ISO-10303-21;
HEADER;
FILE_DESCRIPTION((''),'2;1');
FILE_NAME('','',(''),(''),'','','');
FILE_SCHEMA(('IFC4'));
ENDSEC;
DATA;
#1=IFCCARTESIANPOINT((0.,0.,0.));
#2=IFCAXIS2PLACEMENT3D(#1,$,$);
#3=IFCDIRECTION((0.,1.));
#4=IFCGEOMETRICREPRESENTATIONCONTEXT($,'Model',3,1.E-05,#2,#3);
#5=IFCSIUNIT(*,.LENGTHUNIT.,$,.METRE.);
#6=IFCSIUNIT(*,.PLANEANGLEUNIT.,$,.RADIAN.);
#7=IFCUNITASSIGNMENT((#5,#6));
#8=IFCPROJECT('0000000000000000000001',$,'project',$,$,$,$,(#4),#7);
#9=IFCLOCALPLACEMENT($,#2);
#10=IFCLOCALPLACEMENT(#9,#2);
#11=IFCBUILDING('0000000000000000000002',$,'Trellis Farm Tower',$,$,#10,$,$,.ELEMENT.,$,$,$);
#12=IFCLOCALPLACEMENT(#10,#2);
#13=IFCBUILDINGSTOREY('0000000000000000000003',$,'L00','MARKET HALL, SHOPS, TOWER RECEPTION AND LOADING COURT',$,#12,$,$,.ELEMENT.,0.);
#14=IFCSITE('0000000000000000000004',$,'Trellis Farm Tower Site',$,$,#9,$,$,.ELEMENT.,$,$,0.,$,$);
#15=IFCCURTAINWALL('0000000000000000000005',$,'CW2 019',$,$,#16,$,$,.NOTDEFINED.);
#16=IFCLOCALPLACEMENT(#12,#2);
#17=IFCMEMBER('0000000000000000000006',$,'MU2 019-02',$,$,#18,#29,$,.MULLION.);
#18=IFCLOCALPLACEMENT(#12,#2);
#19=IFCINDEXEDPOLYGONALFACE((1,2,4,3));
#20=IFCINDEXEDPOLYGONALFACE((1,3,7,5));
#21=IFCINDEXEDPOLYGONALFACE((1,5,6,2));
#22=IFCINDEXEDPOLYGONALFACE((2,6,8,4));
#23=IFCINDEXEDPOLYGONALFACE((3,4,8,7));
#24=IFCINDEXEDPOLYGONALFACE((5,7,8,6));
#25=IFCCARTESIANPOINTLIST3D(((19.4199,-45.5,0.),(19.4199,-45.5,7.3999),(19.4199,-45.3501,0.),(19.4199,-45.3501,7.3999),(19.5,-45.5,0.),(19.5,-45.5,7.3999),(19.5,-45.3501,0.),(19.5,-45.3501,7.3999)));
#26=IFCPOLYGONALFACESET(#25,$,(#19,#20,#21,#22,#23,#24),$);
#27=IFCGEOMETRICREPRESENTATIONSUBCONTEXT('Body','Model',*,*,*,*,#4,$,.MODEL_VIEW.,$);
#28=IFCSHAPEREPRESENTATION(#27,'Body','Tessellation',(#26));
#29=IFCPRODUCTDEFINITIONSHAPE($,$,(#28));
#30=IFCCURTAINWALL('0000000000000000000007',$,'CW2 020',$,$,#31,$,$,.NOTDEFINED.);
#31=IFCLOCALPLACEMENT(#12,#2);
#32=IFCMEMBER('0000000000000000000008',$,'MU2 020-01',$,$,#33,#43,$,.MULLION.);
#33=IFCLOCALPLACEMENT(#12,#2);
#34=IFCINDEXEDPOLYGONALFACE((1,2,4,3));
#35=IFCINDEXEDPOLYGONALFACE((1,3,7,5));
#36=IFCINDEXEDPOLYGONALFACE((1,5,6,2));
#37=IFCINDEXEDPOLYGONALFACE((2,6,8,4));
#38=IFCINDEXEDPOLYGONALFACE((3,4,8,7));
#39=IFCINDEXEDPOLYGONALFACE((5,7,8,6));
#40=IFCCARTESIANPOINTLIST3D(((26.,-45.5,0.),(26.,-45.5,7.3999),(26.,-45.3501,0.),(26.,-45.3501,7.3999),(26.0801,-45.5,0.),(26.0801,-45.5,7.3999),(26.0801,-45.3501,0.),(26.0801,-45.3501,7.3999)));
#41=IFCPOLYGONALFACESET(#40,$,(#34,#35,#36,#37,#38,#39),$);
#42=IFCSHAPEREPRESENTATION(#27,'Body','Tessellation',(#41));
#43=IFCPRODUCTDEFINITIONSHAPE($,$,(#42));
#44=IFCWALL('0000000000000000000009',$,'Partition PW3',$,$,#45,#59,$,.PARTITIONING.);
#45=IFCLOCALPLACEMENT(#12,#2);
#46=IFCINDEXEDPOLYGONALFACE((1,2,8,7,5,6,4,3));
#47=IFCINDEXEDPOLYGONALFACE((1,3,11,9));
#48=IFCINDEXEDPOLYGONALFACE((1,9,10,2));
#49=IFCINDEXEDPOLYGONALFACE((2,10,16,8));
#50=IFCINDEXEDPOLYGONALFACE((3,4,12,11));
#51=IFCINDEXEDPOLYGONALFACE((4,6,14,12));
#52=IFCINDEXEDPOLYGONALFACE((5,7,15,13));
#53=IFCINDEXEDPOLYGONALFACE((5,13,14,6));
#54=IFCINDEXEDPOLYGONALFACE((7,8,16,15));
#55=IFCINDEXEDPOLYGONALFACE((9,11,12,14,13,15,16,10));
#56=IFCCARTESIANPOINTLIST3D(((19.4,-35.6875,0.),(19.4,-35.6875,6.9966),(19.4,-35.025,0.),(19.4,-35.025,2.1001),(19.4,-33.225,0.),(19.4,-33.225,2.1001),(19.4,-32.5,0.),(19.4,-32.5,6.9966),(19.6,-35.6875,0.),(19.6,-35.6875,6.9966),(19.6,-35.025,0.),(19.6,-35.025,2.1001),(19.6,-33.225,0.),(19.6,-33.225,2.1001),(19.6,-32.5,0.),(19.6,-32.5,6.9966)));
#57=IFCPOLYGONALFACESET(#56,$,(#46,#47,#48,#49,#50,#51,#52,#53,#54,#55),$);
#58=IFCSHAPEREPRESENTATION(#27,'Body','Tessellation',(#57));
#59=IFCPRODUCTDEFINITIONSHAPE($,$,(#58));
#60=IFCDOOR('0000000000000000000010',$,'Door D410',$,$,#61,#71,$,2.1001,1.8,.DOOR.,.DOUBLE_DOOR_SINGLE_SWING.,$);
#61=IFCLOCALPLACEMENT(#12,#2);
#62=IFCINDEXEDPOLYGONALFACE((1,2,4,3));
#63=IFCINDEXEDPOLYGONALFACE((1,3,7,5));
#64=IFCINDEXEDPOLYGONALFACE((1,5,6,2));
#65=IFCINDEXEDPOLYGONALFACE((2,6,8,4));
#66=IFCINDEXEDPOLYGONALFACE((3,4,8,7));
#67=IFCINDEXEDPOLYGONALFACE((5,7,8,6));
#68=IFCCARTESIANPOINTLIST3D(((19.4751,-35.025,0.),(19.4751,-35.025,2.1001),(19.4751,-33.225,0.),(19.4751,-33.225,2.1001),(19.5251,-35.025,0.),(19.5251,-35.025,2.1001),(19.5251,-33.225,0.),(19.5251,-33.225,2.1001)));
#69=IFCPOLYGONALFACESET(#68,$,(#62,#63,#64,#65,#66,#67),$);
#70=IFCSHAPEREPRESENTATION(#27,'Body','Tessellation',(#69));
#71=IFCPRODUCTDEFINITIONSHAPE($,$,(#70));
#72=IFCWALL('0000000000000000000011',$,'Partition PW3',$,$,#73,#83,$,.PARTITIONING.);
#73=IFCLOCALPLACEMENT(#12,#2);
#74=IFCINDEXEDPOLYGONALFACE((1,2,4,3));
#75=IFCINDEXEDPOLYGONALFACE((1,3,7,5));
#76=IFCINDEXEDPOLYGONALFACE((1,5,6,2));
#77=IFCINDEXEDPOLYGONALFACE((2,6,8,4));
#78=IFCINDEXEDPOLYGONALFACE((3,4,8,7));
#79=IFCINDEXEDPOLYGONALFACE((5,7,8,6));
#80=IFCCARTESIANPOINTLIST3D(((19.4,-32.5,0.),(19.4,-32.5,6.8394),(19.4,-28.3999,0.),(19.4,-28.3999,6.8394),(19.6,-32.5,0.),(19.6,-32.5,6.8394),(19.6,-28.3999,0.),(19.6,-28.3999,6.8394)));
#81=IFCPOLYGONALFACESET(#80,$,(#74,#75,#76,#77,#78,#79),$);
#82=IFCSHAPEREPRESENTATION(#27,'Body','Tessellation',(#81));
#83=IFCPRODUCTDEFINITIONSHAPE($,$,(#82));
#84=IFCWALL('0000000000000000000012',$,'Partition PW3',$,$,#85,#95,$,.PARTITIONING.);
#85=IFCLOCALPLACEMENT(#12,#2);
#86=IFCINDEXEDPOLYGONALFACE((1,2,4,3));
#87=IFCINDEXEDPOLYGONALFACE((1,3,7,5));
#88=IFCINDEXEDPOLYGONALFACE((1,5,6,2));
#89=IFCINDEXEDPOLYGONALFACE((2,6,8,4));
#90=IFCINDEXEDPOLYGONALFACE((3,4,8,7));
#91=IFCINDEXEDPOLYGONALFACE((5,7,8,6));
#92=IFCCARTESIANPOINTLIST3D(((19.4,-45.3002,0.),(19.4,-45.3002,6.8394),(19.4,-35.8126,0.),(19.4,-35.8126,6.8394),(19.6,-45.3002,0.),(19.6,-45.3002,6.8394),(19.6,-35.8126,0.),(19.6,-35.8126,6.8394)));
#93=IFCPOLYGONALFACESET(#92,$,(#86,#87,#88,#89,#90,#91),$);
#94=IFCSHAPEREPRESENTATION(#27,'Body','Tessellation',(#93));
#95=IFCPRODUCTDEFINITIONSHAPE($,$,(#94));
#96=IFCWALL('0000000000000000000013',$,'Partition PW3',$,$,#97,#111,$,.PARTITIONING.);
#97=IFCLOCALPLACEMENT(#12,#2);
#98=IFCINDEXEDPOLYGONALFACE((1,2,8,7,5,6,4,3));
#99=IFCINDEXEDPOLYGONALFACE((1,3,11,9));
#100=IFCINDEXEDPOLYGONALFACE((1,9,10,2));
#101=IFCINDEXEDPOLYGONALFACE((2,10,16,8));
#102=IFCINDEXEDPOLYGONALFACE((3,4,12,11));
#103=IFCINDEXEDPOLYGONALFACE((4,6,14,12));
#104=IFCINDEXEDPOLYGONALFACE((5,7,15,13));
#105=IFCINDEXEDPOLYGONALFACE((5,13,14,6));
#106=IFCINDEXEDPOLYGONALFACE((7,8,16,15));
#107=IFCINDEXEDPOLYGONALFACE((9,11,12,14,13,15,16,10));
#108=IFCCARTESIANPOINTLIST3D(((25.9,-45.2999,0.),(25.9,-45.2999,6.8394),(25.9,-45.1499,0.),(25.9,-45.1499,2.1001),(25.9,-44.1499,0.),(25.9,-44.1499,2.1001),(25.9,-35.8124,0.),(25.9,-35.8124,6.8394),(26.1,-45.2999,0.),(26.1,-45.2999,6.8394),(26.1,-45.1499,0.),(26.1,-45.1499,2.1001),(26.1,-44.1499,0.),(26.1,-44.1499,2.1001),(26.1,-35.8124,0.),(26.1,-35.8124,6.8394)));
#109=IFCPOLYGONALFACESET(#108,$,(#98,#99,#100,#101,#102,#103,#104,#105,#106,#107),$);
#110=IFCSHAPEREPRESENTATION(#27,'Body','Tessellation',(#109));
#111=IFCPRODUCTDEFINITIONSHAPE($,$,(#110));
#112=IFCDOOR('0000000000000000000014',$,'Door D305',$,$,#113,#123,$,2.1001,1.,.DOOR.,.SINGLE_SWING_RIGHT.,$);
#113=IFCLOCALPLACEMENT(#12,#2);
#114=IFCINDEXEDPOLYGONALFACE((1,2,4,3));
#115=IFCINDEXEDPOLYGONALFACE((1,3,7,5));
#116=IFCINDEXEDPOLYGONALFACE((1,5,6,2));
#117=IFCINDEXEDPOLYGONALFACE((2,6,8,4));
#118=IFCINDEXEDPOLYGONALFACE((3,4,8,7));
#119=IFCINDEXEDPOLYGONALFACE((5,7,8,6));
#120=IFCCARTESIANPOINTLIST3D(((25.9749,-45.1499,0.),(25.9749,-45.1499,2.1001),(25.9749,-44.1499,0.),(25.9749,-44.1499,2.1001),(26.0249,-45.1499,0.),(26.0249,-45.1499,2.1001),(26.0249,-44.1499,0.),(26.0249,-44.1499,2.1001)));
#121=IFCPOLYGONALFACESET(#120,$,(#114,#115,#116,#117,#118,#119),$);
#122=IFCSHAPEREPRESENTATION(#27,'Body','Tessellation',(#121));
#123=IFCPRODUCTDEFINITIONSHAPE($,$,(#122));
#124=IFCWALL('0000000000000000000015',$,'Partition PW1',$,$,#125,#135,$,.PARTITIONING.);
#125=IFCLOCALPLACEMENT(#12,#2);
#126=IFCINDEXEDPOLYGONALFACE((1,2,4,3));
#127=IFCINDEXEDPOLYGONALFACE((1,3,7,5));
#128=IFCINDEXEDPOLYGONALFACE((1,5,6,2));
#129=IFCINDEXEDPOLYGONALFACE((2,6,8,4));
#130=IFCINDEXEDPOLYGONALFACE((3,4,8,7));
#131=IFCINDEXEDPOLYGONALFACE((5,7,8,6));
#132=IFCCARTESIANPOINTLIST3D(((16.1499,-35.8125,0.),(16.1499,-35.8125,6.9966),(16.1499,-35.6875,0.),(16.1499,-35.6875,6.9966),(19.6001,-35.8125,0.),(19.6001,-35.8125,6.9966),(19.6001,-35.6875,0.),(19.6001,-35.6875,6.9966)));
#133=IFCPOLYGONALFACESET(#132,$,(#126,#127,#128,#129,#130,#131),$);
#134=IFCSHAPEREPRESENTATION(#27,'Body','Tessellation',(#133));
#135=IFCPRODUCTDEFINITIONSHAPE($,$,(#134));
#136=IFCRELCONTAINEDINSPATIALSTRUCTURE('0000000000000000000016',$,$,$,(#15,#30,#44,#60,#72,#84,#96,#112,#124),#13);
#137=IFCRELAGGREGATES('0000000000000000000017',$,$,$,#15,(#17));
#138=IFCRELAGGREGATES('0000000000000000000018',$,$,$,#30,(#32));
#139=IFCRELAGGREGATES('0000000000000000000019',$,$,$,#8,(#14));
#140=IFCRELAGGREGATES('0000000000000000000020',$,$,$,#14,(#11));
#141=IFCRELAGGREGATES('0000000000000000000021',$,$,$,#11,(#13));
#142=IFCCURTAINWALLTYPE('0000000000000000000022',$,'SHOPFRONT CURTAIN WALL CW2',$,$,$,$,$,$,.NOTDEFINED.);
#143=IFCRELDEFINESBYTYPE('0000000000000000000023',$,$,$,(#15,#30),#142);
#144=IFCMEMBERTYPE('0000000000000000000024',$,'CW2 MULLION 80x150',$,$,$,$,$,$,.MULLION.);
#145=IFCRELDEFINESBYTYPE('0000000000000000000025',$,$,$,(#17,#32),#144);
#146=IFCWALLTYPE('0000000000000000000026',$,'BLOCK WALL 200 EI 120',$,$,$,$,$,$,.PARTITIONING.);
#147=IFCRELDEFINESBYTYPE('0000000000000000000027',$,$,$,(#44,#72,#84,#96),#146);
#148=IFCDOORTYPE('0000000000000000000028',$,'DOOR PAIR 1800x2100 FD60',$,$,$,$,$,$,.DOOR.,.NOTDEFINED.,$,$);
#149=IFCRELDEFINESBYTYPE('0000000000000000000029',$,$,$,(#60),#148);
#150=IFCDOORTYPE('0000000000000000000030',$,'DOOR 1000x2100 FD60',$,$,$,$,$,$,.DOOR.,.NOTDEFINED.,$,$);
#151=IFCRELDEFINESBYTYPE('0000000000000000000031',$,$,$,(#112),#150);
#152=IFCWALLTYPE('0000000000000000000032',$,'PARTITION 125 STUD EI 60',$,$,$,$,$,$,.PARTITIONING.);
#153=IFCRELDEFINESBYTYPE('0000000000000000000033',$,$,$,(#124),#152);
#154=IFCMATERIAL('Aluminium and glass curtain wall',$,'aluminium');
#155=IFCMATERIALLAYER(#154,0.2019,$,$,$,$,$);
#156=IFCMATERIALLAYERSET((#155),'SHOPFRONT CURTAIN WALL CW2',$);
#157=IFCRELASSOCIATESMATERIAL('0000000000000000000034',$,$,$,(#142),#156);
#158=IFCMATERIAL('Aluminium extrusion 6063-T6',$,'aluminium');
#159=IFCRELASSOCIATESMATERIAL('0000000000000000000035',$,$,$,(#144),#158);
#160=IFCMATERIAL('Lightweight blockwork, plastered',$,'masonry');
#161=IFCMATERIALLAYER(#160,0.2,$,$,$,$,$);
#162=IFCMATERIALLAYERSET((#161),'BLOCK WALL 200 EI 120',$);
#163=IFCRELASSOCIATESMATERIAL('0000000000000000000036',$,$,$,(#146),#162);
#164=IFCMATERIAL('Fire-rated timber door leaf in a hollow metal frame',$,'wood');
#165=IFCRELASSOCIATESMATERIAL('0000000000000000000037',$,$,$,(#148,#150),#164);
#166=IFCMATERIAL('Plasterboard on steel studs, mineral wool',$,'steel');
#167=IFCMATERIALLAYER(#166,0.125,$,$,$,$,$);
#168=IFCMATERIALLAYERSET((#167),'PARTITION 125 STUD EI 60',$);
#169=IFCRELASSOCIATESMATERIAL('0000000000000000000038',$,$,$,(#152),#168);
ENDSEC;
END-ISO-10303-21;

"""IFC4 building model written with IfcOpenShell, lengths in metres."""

from ifc_helpers import new_model, si_unit, direction, frame, frame_2d, origin, origin_2d, place, context, subcontext, project, spatial, rectangle, extrude, source, transform, mapped, material, layer, layer_set, material_profile, profile_set, type_object, element, fill, aggregate, save


model = new_model("IFC4")

# Units and contexts
model_context = context("Model", 3, precision=1e-05, world=origin(), true_north=direction((0.0, 1.0)))
body_context = subcontext(model_context, "Body", "Model", "MODEL_VIEW")
ifc_project = project(units=[si_unit("LENGTHUNIT", "METRE"), si_unit("PLANEANGLEUNIT", "RADIAN")], contexts=[model_context])

# Site, building, storey
site_placement = place(None, origin())
site = spatial("IfcSite", under=ifc_project, at=site_placement, Name="Trellis Farm Tower Site", CompositionType="ELEMENT", RefElevation=0.0)
building_placement = place(site_placement, origin())
building = spatial("IfcBuilding", under=site, at=building_placement, Name="Trellis Farm Tower", CompositionType="ELEMENT")
storey_placement = place(building_placement, origin())
storey = spatial("IfcBuildingStorey", under=building, at=storey_placement, Name="L00", Description="MARKET HALL, SHOPS, TOWER RECEPTION AND LOADING COURT", CompositionType="ELEMENT", Elevation=0.0)

# Curtain walls, members
ifc_material_1 = material(Name="Aluminium and glass curtain wall", Category="aluminium")
ifc_layer_1 = layer(ifc_material_1, 0.2019)
ifc_layer_set_1 = layer_set([ifc_layer_1], Name="SHOPFRONT CURTAIN WALL CW2")
curtain_wall_type = type_object("IfcCurtainWallType", Name="SHOPFRONT CURTAIN WALL CW2", PredefinedType="NOTDEFINED", material=ifc_layer_set_1)
placement = place(storey_placement, origin())
curtain_wall_1 = element("IfcCurtainWall", 1, at=placement, inside=storey, type_object=curtain_wall_type, Name="CW2 019", PredefinedType="NOTDEFINED")
ifc_material_2 = material(Name="Aluminium extrusion 6063-T6", Category="aluminium")
ifc_material_profile_1 = material_profile(ifc_material_2, rectangle(XDim=0.0801, YDim=0.1499, at=origin_2d()), Name="MULLION 80x150")
ifc_profile_set_1 = profile_set([ifc_material_profile_1], Name="Aluminium extrusion 6063-T6")
member_type = type_object("IfcMemberType", Name="CW2 MULLION 80x150", PredefinedType="MULLION", material=ifc_profile_set_1)
shared_shape_1 = source(origin(), body_context, "Body", "SweptSolid", [
    extrude(rectangle(XDim=0.0801, YDim=0.1499, at=origin_2d()), origin(), (0.0, 0.0, 1.0), 7.3999),
])
member_1_placement = place(storey_placement, frame((19.46, -45.425, 0.0), z_axis=(0.0, 0.0, 1.0), x_axis=(1.0, 0.0, 0.0)))
member_1 = element("IfcMember", 2, at=member_1_placement, type_object=member_type, Name="MU2 019-02", PredefinedType="MULLION", context=body_context, shape_type="MappedRepresentation", body=[
    mapped(shared_shape_1, transform((0.0, 0.0, 0.0))),
])
aggregate(curtain_wall_1, [member_1])
curtain_wall_2 = element("IfcCurtainWall", 3, at=placement, inside=storey, type_object=curtain_wall_type, Name="CW2 020", PredefinedType="NOTDEFINED")
member_2_placement = place(storey_placement, frame((26.04, -45.425, 0.0), z_axis=(0.0, 0.0, 1.0), x_axis=(1.0, 0.0, 0.0)))
member_2 = element("IfcMember", 4, at=member_2_placement, type_object=member_type, Name="MU2 020-01", PredefinedType="MULLION", context=body_context, shape_type="MappedRepresentation", body=[
    mapped(shared_shape_1, transform((0.0, 0.0, 0.0))),
])
aggregate(curtain_wall_2, [member_2])

# Wall, opening, door
ifc_material_3 = material(Name="Lightweight blockwork, plastered", Category="masonry")
ifc_layer_2 = layer(ifc_material_3, 0.2)
ifc_layer_set_2 = layer_set([ifc_layer_2], Name="BLOCK WALL 200 EI 120")
wall_type_1 = type_object("IfcWallType", Name="BLOCK WALL 200 EI 120", PredefinedType="PARTITIONING", material=ifc_layer_set_2)
shared_shape_2 = source(origin(), body_context, "Body", "SweptSolid", [
    extrude(rectangle(XDim=3.1875, YDim=0.2, at=frame_2d((1.5938, 0.0))), origin(), (0.0, 0.0, 1.0), 6.9966),
])
wall_1_placement = place(storey_placement, frame((19.5, -35.6875, 0.0), z_axis=(0.0, 0.0, 1.0), x_axis=(0.0, 1.0, 0.0)))
wall_1 = element("IfcWall", 5, at=wall_1_placement, inside=storey, type_object=wall_type_1, Name="Partition PW3", PredefinedType="PARTITIONING", context=body_context, shape_type="MappedRepresentation", body=[
    mapped(shared_shape_2, transform((0.0, 0.0, 0.0))),
])
shared_shape_3 = source(origin(), body_context, "Body", "SweptSolid", [
    extrude(rectangle(XDim=1.8, YDim=2.1001, at=frame_2d((0.8999, 1.05))), frame((0.0, 0.1101, 0.0), z_axis=(0.0, -1.0, 0.0), x_axis=(1.0, 0.0, 0.0)), (0.0, 0.0, 1.0), 0.2202),
])
opening_1_placement = place(wall_1_placement, frame((0.6626, 0.0, 0.0)))
opening_1 = element("IfcOpeningElement", 6, at=opening_1_placement, cuts=wall_1, PredefinedType="OPENING", context=body_context, shape_type="MappedRepresentation", body=[
    mapped(shared_shape_3, transform((0.0, 0.0, 0.0))),
])
ifc_material_4 = material(Name="Fire-rated timber door leaf in a hollow metal frame", Category="wood")
door_type_1 = type_object("IfcDoorType", Name="DOOR PAIR 1800x2100 FD60", OperationType="NOTDEFINED", PredefinedType="DOOR", material=ifc_material_4)
shared_shape_4 = source(origin(), body_context, "Body", "SweptSolid", [
    extrude(rectangle(XDim=1.8, YDim=2.1001, at=frame_2d((0.8999, 1.05))), frame((0.0, 0.0249, 0.0), z_axis=(0.0, -1.0, 0.0), x_axis=(1.0, 0.0, 0.0)), (0.0, 0.0, 1.0), 0.05),
])
door_1_placement = place(opening_1_placement, origin())
door_1 = element("IfcDoor", 7, at=door_1_placement, inside=storey, type_object=door_type_1, Name="Door D410", OperationType="DOUBLE_DOOR_SINGLE_SWING", OverallHeight=2.1001, OverallWidth=1.8, PredefinedType="DOOR", context=body_context, shape_type="MappedRepresentation", body=[
    mapped(shared_shape_4, transform((0.0, 0.0, 0.0))),
])
fill(opening_1, door_1)

# Walls
shared_shape_5 = source(origin(), body_context, "Body", "SweptSolid", [
    extrude(rectangle(XDim=4.1001, YDim=0.2, at=frame_2d((2.05, 0.0))), origin(), (0.0, 0.0, 1.0), 6.8394),
])
wall_2_placement = place(storey_placement, frame((19.5, -32.5, 0.0), z_axis=(0.0, 0.0, 1.0), x_axis=(0.0, 1.0, 0.0)))
element("IfcWall", 8, at=wall_2_placement, inside=storey, type_object=wall_type_1, Name="Partition PW3", PredefinedType="PARTITIONING", context=body_context, shape_type="MappedRepresentation", body=[
    mapped(shared_shape_5, transform((0.0, 0.0, 0.0))),
])
shared_shape_6 = source(origin(), body_context, "Body", "SweptSolid", [
    extrude(rectangle(XDim=9.4875, YDim=0.2, at=frame_2d((4.7437, 0.0))), origin(), (0.0, 0.0, 1.0), 6.8394),
])
wall_3_placement = place(storey_placement, frame((19.5, -45.3, 0.0), z_axis=(0.0, 0.0, 1.0), x_axis=(0.0, 1.0, 0.0)))
element("IfcWall", 9, at=wall_3_placement, inside=storey, type_object=wall_type_1, Name="Partition PW3", PredefinedType="PARTITIONING", context=body_context, shape_type="MappedRepresentation", body=[
    mapped(shared_shape_6, transform((0.0, 0.0, 0.0))),
])

# Wall, opening, door
wall_4_placement = place(storey_placement, frame((26.0, -35.8125, 0.0), z_axis=(0.0, 0.0, 1.0), x_axis=(0.0, -1.0, 0.0)))
wall_4 = element("IfcWall", 10, at=wall_4_placement, inside=storey, type_object=wall_type_1, Name="Partition PW3", PredefinedType="PARTITIONING", context=body_context, shape_type="MappedRepresentation", body=[
    mapped(shared_shape_6, transform((0.0, 0.0, 0.0))),
])
shared_shape_7 = source(origin(), body_context, "Body", "SweptSolid", [
    extrude(rectangle(XDim=1.0, YDim=2.1001, at=frame_2d((0.5, 1.05))), frame((0.0, 0.1101, 0.0), z_axis=(0.0, -1.0, 0.0), x_axis=(1.0, 0.0, 0.0)), (0.0, 0.0, 1.0), 0.2202),
])
opening_2_placement = place(wall_4_placement, frame((8.3374, 0.0, 0.0)))
opening_2 = element("IfcOpeningElement", 11, at=opening_2_placement, cuts=wall_4, PredefinedType="OPENING", context=body_context, shape_type="MappedRepresentation", body=[
    mapped(shared_shape_7, transform((0.0, 0.0, 0.0))),
])
door_type_2 = type_object("IfcDoorType", Name="DOOR 1000x2100 FD60", OperationType="NOTDEFINED", PredefinedType="DOOR", material=ifc_material_4)
shared_shape_8 = source(origin(), body_context, "Body", "SweptSolid", [
    extrude(rectangle(XDim=1.0, YDim=2.1001, at=frame_2d((0.5, 1.05))), frame((0.0, 0.0249, 0.0), z_axis=(0.0, -1.0, 0.0), x_axis=(1.0, 0.0, 0.0)), (0.0, 0.0, 1.0), 0.05),
])
door_2_placement = place(opening_2_placement, origin())
door_2 = element("IfcDoor", 12, at=door_2_placement, inside=storey, type_object=door_type_2, Name="Door D305", OperationType="SINGLE_SWING_RIGHT", OverallHeight=2.1001, OverallWidth=1.0, PredefinedType="DOOR", context=body_context, shape_type="MappedRepresentation", body=[
    mapped(shared_shape_8, transform((0.0, 0.0, 0.0))),
])
fill(opening_2, door_2)

# Wall
ifc_material_5 = material(Name="Plasterboard on steel studs, mineral wool", Category="steel")
ifc_layer_3 = layer(ifc_material_5, 0.125)
ifc_layer_set_3 = layer_set([ifc_layer_3], Name="PARTITION 125 STUD EI 60")
wall_type_2 = type_object("IfcWallType", Name="PARTITION 125 STUD EI 60", PredefinedType="PARTITIONING", material=ifc_layer_set_3)
shared_shape_9 = source(origin(), body_context, "Body", "SweptSolid", [
    extrude(rectangle(XDim=3.4502, YDim=0.125, at=frame_2d((1.7251, 0.0))), origin(), (0.0, 0.0, 1.0), 6.9966),
])
wall_5_placement = place(storey_placement, frame((19.6001, -35.75, 0.0), z_axis=(0.0, 0.0, 1.0), x_axis=(-1.0, 0.0, 0.0)))
element("IfcWall", 13, at=wall_5_placement, inside=storey, type_object=wall_type_2, Name="Partition PW1", PredefinedType="PARTITIONING", context=body_context, shape_type="MappedRepresentation", body=[
    mapped(shared_shape_9, transform((0.0, 0.0, 0.0))),
])

save(model, "model.ifc")
